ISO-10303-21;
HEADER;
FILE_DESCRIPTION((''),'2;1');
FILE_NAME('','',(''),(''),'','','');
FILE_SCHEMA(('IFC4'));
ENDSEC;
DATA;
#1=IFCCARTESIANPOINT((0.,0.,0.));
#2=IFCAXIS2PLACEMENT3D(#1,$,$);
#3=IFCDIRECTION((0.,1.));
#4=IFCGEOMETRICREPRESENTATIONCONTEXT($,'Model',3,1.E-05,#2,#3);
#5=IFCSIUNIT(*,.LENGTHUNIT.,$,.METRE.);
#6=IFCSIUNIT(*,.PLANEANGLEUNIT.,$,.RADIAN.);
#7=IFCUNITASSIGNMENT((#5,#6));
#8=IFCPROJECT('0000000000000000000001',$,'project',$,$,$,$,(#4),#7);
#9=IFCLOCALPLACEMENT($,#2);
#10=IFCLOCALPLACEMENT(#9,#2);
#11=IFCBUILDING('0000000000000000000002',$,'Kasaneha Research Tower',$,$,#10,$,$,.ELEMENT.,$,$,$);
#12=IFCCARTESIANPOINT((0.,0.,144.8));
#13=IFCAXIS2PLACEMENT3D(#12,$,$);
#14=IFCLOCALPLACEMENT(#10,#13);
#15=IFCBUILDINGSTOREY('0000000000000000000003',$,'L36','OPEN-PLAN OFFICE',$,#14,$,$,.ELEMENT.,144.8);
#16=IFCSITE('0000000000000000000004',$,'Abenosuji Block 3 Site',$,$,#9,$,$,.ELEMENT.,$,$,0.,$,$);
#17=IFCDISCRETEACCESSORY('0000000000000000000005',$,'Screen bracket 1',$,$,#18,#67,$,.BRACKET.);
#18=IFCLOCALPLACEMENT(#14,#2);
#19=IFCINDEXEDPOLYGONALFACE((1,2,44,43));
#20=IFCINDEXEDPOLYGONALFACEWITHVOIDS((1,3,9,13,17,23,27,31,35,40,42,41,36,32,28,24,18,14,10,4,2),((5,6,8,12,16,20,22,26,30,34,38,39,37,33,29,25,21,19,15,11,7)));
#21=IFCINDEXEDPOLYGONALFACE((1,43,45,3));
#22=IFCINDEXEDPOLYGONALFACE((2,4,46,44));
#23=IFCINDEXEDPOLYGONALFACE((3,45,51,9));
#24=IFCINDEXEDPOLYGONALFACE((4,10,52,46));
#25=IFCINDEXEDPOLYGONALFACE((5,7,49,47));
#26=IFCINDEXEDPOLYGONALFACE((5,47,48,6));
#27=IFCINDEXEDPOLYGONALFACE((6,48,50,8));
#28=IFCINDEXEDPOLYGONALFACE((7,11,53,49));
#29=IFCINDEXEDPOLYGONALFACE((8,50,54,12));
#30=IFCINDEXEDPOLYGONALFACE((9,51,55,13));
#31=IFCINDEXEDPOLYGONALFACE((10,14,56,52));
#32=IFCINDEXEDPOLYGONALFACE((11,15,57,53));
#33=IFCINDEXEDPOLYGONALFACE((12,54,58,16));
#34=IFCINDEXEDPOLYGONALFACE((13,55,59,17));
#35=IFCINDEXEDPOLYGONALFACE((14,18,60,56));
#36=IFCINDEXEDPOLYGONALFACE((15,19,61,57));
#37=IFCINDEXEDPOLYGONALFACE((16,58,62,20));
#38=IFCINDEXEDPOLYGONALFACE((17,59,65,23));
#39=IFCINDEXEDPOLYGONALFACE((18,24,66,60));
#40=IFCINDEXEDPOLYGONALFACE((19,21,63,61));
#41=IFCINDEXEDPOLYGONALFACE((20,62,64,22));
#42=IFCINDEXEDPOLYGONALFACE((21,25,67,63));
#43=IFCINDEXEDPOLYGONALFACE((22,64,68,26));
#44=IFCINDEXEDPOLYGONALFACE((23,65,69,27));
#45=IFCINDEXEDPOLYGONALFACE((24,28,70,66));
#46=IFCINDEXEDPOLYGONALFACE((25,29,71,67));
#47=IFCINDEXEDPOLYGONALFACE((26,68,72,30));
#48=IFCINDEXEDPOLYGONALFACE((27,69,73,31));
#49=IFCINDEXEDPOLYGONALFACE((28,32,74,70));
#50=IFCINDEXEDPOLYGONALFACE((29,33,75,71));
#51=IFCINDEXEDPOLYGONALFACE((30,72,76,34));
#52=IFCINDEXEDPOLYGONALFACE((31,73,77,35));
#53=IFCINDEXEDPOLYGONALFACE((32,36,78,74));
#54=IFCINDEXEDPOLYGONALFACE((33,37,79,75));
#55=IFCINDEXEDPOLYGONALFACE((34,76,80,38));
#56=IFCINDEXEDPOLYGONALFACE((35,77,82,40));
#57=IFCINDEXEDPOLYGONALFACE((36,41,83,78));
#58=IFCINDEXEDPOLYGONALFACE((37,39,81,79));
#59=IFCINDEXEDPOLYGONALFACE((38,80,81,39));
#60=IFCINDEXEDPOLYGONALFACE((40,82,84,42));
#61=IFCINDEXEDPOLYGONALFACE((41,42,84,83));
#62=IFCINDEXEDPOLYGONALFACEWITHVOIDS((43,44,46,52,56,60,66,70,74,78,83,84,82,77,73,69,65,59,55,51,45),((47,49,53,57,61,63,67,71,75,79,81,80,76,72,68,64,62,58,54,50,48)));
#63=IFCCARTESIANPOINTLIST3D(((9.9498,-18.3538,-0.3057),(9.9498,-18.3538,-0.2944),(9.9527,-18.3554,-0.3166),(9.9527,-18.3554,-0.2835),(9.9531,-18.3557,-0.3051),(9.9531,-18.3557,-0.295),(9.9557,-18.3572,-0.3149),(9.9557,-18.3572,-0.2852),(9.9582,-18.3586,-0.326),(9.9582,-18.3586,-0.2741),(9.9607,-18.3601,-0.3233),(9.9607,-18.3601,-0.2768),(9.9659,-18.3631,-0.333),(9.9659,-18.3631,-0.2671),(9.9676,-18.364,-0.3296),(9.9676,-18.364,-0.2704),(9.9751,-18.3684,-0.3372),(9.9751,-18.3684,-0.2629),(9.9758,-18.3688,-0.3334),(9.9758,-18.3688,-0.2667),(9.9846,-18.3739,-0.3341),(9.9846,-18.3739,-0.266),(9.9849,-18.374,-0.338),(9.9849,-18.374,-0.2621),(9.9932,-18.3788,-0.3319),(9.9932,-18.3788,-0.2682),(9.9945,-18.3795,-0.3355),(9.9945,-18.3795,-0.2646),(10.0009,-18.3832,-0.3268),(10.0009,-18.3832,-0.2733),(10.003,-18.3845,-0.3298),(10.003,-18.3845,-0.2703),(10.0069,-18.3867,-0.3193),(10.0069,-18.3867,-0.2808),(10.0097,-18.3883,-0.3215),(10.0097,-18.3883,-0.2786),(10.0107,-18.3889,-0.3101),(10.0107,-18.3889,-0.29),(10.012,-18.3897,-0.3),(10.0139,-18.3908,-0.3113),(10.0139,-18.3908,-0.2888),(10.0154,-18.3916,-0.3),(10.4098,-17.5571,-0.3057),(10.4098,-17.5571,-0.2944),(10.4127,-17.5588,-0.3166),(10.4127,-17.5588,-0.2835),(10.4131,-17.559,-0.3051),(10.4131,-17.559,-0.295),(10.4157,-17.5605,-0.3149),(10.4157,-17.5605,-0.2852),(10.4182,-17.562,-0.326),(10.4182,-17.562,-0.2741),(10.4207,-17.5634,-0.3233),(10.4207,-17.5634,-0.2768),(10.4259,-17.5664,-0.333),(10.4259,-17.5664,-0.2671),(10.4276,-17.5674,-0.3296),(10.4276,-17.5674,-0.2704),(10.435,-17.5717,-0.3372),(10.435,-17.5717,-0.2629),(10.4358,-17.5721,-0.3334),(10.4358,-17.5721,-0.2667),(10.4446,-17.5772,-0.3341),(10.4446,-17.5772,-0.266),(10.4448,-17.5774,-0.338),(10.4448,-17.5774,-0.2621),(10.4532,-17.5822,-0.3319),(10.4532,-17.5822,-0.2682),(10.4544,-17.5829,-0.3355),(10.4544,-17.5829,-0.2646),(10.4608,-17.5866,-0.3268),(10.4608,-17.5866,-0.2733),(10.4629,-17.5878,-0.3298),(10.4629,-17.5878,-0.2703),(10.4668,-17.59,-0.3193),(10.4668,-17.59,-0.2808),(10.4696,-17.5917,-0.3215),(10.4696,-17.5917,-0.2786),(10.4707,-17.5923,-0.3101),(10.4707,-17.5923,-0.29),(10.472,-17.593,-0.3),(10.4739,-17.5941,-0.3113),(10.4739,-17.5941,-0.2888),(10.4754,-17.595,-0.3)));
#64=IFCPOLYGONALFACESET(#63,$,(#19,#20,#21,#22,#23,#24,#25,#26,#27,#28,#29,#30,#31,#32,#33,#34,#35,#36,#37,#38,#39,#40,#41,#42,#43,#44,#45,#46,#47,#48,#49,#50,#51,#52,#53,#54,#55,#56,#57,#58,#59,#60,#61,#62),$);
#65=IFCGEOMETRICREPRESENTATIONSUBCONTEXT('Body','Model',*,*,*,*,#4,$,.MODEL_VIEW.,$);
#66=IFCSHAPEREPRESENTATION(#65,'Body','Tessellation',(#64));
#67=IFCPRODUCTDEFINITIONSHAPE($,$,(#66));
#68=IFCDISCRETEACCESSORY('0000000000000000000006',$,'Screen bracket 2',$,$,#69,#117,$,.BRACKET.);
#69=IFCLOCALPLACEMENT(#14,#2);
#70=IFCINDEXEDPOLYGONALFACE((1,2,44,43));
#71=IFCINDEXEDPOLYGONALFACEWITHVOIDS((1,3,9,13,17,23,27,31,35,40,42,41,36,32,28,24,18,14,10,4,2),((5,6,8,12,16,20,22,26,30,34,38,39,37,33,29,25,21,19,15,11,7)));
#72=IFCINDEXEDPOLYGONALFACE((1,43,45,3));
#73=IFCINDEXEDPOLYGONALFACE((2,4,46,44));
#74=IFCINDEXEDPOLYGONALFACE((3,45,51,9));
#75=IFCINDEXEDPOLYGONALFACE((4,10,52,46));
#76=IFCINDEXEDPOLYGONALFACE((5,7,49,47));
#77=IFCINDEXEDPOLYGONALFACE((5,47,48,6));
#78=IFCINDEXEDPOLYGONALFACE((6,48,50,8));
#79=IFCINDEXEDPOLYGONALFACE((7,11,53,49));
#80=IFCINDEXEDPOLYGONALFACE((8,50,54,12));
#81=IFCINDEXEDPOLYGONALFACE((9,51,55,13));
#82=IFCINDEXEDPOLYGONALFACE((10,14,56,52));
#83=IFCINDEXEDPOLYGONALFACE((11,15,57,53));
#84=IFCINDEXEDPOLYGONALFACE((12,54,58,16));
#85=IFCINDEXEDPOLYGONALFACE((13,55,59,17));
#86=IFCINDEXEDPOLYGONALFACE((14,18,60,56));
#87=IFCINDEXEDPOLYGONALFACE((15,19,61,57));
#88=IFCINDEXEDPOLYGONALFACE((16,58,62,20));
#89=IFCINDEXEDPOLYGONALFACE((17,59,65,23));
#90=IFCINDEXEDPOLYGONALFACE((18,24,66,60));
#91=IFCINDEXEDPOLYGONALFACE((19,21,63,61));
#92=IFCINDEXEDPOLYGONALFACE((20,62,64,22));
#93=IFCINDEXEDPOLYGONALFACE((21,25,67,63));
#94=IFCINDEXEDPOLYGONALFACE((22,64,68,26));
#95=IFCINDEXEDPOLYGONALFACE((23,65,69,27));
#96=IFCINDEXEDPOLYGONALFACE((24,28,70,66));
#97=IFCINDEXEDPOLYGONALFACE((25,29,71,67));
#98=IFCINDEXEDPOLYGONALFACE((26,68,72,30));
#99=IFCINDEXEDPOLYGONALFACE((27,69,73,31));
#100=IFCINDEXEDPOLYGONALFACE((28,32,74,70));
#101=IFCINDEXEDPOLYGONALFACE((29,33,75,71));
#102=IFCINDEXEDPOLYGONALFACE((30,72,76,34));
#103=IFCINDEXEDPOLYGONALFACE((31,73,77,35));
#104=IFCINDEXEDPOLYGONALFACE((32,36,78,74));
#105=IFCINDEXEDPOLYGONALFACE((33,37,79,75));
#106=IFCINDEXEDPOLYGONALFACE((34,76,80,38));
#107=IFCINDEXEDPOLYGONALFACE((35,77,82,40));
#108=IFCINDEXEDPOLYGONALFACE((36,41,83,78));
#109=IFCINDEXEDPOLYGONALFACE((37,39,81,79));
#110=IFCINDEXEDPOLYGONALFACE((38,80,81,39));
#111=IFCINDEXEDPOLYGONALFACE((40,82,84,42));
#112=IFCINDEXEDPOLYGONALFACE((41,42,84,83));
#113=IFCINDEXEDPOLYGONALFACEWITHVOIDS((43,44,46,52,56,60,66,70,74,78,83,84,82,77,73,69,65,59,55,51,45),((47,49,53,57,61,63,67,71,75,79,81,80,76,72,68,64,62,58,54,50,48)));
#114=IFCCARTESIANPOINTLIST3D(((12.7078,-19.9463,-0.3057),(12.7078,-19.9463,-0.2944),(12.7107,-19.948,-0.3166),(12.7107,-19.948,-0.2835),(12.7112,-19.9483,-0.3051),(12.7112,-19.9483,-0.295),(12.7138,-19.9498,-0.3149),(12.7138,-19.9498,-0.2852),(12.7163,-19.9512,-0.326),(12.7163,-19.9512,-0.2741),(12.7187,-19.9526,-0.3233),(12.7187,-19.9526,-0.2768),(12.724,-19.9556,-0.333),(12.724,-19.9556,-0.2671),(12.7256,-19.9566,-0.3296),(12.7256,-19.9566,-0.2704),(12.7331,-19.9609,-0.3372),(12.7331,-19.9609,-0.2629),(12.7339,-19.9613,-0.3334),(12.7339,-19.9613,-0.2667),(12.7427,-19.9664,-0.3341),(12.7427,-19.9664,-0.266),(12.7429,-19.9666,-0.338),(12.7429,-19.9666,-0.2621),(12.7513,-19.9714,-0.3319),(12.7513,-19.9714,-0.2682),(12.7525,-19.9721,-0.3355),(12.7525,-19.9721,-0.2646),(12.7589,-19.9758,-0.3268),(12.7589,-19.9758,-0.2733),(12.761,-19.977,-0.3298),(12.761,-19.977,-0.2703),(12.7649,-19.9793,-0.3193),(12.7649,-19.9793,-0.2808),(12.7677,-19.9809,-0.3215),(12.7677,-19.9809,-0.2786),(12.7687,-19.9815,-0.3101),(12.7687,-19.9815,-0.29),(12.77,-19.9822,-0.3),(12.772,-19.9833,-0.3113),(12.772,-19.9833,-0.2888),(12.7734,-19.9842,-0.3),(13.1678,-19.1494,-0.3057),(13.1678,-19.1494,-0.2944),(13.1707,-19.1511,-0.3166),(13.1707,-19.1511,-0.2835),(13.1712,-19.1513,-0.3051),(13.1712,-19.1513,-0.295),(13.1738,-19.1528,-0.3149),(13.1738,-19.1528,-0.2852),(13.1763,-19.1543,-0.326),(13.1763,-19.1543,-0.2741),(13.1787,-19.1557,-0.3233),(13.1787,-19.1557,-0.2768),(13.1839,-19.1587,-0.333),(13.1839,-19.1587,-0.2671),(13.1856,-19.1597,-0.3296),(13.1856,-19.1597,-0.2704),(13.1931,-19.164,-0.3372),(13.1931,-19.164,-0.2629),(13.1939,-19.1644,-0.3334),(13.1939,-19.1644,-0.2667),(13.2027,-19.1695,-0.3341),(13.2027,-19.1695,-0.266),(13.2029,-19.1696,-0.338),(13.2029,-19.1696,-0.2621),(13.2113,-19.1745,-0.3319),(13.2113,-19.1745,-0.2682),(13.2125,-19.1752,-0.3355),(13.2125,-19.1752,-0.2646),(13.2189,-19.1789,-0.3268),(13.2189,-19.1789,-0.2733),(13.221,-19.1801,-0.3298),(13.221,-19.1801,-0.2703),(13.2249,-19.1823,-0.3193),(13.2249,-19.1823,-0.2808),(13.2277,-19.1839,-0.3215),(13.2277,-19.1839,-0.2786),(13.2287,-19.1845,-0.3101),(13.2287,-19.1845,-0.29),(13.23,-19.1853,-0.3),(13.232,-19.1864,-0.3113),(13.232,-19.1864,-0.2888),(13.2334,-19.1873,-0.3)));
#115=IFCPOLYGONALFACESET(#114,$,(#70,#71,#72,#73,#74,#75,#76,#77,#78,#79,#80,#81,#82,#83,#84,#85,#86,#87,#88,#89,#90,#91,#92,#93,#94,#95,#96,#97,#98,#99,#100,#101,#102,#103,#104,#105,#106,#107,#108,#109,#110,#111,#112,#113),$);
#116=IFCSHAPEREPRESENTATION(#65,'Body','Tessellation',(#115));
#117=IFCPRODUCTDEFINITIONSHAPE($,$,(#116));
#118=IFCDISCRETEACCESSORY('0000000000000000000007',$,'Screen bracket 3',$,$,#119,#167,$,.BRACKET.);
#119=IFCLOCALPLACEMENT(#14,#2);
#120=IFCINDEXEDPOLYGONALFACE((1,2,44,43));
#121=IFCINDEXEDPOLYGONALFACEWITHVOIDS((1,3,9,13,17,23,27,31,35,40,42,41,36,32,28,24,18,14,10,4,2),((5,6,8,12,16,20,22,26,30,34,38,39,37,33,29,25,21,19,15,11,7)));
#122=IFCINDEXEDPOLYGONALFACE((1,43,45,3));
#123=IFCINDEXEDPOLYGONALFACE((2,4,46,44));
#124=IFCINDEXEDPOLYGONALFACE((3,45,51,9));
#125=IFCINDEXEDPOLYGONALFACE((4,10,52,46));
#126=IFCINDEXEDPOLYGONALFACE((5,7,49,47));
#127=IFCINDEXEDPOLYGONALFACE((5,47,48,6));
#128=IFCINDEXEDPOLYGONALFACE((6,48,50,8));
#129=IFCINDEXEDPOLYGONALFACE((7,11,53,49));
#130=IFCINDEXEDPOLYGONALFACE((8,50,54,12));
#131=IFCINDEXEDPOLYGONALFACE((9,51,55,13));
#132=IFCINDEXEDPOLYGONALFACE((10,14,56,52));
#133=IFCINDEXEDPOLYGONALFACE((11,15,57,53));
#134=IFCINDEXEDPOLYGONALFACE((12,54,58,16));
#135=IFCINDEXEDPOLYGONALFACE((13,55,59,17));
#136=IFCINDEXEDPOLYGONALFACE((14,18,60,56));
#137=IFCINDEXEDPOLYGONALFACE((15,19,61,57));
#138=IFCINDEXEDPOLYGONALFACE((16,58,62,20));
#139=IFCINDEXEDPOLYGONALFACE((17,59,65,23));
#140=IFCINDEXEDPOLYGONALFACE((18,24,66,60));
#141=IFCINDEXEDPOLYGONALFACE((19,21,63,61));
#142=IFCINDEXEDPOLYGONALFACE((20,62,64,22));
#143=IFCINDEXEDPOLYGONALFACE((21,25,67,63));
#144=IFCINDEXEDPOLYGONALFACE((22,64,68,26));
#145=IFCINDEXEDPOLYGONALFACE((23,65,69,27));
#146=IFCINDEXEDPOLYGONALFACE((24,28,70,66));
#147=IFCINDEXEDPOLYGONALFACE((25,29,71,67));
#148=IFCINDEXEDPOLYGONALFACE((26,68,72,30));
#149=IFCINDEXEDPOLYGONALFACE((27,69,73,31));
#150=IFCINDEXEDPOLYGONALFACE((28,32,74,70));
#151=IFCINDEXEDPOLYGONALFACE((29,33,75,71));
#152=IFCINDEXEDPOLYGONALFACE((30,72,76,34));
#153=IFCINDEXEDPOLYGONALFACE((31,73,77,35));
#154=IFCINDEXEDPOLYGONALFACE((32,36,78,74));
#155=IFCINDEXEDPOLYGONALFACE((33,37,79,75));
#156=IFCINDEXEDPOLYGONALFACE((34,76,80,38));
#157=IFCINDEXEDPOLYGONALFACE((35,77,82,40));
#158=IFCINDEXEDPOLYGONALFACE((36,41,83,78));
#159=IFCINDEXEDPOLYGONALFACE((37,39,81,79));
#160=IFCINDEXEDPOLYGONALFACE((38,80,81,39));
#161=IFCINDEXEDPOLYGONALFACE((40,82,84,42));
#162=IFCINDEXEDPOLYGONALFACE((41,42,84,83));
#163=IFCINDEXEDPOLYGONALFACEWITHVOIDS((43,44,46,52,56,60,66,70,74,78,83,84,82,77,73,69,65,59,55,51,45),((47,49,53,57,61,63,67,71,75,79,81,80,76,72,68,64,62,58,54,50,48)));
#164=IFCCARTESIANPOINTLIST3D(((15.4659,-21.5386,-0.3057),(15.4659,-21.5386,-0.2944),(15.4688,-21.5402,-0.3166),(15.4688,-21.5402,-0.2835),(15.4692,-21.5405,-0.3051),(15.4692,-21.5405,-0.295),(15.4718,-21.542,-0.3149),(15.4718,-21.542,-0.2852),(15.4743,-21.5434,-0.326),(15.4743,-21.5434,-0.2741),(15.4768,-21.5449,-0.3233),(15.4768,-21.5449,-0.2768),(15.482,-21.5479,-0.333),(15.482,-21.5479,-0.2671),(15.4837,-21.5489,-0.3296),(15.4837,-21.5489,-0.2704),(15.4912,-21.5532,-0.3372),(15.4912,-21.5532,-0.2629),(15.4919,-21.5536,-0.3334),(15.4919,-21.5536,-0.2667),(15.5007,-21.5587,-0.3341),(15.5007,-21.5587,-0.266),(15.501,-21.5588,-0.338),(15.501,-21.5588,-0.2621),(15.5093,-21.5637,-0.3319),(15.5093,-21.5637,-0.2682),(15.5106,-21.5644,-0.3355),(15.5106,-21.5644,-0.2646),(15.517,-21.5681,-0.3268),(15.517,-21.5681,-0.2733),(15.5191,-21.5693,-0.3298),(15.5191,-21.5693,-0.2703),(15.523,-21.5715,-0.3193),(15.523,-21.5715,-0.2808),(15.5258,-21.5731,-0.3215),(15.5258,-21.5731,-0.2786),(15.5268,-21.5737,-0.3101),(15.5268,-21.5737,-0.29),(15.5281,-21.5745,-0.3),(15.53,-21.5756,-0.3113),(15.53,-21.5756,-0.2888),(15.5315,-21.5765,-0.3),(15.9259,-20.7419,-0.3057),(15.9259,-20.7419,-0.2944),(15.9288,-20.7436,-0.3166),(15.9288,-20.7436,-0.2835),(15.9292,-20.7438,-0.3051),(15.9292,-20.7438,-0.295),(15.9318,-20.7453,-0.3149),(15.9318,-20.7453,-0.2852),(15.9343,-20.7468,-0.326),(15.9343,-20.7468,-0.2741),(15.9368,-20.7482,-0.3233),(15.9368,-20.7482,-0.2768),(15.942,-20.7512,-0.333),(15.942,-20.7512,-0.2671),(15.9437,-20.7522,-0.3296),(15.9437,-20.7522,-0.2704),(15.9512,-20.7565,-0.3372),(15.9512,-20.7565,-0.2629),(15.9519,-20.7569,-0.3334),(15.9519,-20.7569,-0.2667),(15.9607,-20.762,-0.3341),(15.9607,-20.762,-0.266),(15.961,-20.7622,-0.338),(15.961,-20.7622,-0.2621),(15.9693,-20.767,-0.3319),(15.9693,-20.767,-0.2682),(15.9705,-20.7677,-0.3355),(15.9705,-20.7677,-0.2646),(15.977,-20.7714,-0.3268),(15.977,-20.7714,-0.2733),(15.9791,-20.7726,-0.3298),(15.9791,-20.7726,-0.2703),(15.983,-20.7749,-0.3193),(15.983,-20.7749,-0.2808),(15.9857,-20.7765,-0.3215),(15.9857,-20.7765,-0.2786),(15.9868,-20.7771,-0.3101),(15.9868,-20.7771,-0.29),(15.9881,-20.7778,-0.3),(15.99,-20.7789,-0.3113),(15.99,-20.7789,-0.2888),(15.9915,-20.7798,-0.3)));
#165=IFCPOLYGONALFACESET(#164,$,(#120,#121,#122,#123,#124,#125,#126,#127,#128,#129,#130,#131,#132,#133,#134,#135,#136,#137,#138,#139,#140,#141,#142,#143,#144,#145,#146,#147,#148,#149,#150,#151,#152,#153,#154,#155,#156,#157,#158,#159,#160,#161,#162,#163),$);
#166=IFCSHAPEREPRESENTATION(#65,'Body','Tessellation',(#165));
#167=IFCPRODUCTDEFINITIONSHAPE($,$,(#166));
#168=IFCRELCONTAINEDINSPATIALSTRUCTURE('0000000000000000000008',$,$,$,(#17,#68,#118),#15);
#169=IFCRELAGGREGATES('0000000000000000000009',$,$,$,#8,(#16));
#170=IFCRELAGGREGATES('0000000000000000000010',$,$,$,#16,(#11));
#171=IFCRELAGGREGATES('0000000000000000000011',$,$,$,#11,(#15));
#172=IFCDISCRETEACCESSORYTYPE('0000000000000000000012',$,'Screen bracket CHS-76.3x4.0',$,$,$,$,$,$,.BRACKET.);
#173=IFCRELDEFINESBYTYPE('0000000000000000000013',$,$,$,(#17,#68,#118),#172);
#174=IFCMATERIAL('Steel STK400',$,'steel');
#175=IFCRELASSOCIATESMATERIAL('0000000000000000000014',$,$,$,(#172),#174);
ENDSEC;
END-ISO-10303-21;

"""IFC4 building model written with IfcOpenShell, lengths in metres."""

from ifc_helpers import new_model, si_unit, direction, frame, origin, origin_2d, place, context, subcontext, project, spatial, hollow_circle, extrude, material, material_profile, profile_set, type_object, element, save


model = new_model("IFC4")

# Units and contexts
model_context = context("Model", 3, precision=1e-05, world=origin(), true_north=direction((0.0, 1.0)))
body_context = subcontext(model_context, "Body", "Model", "MODEL_VIEW")
ifc_project = project(units=[si_unit("LENGTHUNIT", "METRE"), si_unit("PLANEANGLEUNIT", "RADIAN")], contexts=[model_context])

# Site, building, storey
site_placement = place(None, origin())
site = spatial("IfcSite", under=ifc_project, at=site_placement, Name="Abenosuji Block 3 Site", CompositionType="ELEMENT", RefElevation=0.0)
building_placement = place(site_placement, origin())
building = spatial("IfcBuilding", under=site, at=building_placement, Name="Kasaneha Research Tower", CompositionType="ELEMENT")
storey_placement = place(building_placement, frame((0.0, 0.0, 144.8)))
storey = spatial("IfcBuildingStorey", under=building, at=storey_placement, Name="L36", Description="OPEN-PLAN OFFICE", CompositionType="ELEMENT", Elevation=144.8)

# Discrete accessories
ifc_material_1 = material(Name="Steel STK400", Category="steel")
ifc_material_profile_1 = material_profile(ifc_material_1, hollow_circle(Radius=0.0381, WallThickness=0.0039, at=origin_2d()), Name="CHS-76.3x4.0")
ifc_profile_set_1 = profile_set([ifc_material_profile_1], Name="Steel STK400")
discrete_accessory_type = type_object("IfcDiscreteAccessoryType", Name="Screen bracket CHS-76.3x4.0", PredefinedType="BRACKET", material=ifc_profile_set_1)
discrete_accessory_1_placement = place(storey_placement, frame((10.4424, -17.5759, -0.3), z_axis=(-0.500021, -0.866013, 0.0), x_axis=(0.866013, -0.500021, 0.0)))
element("IfcDiscreteAccessory", 1, at=discrete_accessory_1_placement, inside=storey, type_object=discrete_accessory_type, Name="Screen bracket 1", PredefinedType="BRACKET", context=body_context, shape_type="SweptSolid", body=[
    extrude(hollow_circle(Radius=0.0381, WallThickness=0.0039, at=origin_2d()), origin(), (0.0, 0.0, 1.0), 0.9199),
])
discrete_accessory_2_placement = place(storey_placement, frame((13.2004, -19.1682, -0.3), z_axis=(-0.499906, -0.86608, 0.0), x_axis=(0.86608, -0.499906, 0.0)))
element("IfcDiscreteAccessory", 2, at=discrete_accessory_2_placement, inside=storey, type_object=discrete_accessory_type, Name="Screen bracket 2", PredefinedType="BRACKET", context=body_context, shape_type="SweptSolid", body=[
    extrude(hollow_circle(Radius=0.0381, WallThickness=0.0039, at=origin_2d()), origin(), (0.0, 0.0, 1.0), 0.9202),
])
discrete_accessory_3_placement = place(storey_placement, frame((15.9585, -20.7607, -0.3), z_axis=(-0.500021, -0.866013, 0.0), x_axis=(0.866013, -0.500021, 0.0)))
element("IfcDiscreteAccessory", 3, at=discrete_accessory_3_placement, inside=storey, type_object=discrete_accessory_type, Name="Screen bracket 3", PredefinedType="BRACKET", context=body_context, shape_type="SweptSolid", body=[
    extrude(hollow_circle(Radius=0.0381, WallThickness=0.0039, at=origin_2d()), origin(), (0.0, 0.0, 1.0), 0.9199),
])

save(model, "model.ifc")
